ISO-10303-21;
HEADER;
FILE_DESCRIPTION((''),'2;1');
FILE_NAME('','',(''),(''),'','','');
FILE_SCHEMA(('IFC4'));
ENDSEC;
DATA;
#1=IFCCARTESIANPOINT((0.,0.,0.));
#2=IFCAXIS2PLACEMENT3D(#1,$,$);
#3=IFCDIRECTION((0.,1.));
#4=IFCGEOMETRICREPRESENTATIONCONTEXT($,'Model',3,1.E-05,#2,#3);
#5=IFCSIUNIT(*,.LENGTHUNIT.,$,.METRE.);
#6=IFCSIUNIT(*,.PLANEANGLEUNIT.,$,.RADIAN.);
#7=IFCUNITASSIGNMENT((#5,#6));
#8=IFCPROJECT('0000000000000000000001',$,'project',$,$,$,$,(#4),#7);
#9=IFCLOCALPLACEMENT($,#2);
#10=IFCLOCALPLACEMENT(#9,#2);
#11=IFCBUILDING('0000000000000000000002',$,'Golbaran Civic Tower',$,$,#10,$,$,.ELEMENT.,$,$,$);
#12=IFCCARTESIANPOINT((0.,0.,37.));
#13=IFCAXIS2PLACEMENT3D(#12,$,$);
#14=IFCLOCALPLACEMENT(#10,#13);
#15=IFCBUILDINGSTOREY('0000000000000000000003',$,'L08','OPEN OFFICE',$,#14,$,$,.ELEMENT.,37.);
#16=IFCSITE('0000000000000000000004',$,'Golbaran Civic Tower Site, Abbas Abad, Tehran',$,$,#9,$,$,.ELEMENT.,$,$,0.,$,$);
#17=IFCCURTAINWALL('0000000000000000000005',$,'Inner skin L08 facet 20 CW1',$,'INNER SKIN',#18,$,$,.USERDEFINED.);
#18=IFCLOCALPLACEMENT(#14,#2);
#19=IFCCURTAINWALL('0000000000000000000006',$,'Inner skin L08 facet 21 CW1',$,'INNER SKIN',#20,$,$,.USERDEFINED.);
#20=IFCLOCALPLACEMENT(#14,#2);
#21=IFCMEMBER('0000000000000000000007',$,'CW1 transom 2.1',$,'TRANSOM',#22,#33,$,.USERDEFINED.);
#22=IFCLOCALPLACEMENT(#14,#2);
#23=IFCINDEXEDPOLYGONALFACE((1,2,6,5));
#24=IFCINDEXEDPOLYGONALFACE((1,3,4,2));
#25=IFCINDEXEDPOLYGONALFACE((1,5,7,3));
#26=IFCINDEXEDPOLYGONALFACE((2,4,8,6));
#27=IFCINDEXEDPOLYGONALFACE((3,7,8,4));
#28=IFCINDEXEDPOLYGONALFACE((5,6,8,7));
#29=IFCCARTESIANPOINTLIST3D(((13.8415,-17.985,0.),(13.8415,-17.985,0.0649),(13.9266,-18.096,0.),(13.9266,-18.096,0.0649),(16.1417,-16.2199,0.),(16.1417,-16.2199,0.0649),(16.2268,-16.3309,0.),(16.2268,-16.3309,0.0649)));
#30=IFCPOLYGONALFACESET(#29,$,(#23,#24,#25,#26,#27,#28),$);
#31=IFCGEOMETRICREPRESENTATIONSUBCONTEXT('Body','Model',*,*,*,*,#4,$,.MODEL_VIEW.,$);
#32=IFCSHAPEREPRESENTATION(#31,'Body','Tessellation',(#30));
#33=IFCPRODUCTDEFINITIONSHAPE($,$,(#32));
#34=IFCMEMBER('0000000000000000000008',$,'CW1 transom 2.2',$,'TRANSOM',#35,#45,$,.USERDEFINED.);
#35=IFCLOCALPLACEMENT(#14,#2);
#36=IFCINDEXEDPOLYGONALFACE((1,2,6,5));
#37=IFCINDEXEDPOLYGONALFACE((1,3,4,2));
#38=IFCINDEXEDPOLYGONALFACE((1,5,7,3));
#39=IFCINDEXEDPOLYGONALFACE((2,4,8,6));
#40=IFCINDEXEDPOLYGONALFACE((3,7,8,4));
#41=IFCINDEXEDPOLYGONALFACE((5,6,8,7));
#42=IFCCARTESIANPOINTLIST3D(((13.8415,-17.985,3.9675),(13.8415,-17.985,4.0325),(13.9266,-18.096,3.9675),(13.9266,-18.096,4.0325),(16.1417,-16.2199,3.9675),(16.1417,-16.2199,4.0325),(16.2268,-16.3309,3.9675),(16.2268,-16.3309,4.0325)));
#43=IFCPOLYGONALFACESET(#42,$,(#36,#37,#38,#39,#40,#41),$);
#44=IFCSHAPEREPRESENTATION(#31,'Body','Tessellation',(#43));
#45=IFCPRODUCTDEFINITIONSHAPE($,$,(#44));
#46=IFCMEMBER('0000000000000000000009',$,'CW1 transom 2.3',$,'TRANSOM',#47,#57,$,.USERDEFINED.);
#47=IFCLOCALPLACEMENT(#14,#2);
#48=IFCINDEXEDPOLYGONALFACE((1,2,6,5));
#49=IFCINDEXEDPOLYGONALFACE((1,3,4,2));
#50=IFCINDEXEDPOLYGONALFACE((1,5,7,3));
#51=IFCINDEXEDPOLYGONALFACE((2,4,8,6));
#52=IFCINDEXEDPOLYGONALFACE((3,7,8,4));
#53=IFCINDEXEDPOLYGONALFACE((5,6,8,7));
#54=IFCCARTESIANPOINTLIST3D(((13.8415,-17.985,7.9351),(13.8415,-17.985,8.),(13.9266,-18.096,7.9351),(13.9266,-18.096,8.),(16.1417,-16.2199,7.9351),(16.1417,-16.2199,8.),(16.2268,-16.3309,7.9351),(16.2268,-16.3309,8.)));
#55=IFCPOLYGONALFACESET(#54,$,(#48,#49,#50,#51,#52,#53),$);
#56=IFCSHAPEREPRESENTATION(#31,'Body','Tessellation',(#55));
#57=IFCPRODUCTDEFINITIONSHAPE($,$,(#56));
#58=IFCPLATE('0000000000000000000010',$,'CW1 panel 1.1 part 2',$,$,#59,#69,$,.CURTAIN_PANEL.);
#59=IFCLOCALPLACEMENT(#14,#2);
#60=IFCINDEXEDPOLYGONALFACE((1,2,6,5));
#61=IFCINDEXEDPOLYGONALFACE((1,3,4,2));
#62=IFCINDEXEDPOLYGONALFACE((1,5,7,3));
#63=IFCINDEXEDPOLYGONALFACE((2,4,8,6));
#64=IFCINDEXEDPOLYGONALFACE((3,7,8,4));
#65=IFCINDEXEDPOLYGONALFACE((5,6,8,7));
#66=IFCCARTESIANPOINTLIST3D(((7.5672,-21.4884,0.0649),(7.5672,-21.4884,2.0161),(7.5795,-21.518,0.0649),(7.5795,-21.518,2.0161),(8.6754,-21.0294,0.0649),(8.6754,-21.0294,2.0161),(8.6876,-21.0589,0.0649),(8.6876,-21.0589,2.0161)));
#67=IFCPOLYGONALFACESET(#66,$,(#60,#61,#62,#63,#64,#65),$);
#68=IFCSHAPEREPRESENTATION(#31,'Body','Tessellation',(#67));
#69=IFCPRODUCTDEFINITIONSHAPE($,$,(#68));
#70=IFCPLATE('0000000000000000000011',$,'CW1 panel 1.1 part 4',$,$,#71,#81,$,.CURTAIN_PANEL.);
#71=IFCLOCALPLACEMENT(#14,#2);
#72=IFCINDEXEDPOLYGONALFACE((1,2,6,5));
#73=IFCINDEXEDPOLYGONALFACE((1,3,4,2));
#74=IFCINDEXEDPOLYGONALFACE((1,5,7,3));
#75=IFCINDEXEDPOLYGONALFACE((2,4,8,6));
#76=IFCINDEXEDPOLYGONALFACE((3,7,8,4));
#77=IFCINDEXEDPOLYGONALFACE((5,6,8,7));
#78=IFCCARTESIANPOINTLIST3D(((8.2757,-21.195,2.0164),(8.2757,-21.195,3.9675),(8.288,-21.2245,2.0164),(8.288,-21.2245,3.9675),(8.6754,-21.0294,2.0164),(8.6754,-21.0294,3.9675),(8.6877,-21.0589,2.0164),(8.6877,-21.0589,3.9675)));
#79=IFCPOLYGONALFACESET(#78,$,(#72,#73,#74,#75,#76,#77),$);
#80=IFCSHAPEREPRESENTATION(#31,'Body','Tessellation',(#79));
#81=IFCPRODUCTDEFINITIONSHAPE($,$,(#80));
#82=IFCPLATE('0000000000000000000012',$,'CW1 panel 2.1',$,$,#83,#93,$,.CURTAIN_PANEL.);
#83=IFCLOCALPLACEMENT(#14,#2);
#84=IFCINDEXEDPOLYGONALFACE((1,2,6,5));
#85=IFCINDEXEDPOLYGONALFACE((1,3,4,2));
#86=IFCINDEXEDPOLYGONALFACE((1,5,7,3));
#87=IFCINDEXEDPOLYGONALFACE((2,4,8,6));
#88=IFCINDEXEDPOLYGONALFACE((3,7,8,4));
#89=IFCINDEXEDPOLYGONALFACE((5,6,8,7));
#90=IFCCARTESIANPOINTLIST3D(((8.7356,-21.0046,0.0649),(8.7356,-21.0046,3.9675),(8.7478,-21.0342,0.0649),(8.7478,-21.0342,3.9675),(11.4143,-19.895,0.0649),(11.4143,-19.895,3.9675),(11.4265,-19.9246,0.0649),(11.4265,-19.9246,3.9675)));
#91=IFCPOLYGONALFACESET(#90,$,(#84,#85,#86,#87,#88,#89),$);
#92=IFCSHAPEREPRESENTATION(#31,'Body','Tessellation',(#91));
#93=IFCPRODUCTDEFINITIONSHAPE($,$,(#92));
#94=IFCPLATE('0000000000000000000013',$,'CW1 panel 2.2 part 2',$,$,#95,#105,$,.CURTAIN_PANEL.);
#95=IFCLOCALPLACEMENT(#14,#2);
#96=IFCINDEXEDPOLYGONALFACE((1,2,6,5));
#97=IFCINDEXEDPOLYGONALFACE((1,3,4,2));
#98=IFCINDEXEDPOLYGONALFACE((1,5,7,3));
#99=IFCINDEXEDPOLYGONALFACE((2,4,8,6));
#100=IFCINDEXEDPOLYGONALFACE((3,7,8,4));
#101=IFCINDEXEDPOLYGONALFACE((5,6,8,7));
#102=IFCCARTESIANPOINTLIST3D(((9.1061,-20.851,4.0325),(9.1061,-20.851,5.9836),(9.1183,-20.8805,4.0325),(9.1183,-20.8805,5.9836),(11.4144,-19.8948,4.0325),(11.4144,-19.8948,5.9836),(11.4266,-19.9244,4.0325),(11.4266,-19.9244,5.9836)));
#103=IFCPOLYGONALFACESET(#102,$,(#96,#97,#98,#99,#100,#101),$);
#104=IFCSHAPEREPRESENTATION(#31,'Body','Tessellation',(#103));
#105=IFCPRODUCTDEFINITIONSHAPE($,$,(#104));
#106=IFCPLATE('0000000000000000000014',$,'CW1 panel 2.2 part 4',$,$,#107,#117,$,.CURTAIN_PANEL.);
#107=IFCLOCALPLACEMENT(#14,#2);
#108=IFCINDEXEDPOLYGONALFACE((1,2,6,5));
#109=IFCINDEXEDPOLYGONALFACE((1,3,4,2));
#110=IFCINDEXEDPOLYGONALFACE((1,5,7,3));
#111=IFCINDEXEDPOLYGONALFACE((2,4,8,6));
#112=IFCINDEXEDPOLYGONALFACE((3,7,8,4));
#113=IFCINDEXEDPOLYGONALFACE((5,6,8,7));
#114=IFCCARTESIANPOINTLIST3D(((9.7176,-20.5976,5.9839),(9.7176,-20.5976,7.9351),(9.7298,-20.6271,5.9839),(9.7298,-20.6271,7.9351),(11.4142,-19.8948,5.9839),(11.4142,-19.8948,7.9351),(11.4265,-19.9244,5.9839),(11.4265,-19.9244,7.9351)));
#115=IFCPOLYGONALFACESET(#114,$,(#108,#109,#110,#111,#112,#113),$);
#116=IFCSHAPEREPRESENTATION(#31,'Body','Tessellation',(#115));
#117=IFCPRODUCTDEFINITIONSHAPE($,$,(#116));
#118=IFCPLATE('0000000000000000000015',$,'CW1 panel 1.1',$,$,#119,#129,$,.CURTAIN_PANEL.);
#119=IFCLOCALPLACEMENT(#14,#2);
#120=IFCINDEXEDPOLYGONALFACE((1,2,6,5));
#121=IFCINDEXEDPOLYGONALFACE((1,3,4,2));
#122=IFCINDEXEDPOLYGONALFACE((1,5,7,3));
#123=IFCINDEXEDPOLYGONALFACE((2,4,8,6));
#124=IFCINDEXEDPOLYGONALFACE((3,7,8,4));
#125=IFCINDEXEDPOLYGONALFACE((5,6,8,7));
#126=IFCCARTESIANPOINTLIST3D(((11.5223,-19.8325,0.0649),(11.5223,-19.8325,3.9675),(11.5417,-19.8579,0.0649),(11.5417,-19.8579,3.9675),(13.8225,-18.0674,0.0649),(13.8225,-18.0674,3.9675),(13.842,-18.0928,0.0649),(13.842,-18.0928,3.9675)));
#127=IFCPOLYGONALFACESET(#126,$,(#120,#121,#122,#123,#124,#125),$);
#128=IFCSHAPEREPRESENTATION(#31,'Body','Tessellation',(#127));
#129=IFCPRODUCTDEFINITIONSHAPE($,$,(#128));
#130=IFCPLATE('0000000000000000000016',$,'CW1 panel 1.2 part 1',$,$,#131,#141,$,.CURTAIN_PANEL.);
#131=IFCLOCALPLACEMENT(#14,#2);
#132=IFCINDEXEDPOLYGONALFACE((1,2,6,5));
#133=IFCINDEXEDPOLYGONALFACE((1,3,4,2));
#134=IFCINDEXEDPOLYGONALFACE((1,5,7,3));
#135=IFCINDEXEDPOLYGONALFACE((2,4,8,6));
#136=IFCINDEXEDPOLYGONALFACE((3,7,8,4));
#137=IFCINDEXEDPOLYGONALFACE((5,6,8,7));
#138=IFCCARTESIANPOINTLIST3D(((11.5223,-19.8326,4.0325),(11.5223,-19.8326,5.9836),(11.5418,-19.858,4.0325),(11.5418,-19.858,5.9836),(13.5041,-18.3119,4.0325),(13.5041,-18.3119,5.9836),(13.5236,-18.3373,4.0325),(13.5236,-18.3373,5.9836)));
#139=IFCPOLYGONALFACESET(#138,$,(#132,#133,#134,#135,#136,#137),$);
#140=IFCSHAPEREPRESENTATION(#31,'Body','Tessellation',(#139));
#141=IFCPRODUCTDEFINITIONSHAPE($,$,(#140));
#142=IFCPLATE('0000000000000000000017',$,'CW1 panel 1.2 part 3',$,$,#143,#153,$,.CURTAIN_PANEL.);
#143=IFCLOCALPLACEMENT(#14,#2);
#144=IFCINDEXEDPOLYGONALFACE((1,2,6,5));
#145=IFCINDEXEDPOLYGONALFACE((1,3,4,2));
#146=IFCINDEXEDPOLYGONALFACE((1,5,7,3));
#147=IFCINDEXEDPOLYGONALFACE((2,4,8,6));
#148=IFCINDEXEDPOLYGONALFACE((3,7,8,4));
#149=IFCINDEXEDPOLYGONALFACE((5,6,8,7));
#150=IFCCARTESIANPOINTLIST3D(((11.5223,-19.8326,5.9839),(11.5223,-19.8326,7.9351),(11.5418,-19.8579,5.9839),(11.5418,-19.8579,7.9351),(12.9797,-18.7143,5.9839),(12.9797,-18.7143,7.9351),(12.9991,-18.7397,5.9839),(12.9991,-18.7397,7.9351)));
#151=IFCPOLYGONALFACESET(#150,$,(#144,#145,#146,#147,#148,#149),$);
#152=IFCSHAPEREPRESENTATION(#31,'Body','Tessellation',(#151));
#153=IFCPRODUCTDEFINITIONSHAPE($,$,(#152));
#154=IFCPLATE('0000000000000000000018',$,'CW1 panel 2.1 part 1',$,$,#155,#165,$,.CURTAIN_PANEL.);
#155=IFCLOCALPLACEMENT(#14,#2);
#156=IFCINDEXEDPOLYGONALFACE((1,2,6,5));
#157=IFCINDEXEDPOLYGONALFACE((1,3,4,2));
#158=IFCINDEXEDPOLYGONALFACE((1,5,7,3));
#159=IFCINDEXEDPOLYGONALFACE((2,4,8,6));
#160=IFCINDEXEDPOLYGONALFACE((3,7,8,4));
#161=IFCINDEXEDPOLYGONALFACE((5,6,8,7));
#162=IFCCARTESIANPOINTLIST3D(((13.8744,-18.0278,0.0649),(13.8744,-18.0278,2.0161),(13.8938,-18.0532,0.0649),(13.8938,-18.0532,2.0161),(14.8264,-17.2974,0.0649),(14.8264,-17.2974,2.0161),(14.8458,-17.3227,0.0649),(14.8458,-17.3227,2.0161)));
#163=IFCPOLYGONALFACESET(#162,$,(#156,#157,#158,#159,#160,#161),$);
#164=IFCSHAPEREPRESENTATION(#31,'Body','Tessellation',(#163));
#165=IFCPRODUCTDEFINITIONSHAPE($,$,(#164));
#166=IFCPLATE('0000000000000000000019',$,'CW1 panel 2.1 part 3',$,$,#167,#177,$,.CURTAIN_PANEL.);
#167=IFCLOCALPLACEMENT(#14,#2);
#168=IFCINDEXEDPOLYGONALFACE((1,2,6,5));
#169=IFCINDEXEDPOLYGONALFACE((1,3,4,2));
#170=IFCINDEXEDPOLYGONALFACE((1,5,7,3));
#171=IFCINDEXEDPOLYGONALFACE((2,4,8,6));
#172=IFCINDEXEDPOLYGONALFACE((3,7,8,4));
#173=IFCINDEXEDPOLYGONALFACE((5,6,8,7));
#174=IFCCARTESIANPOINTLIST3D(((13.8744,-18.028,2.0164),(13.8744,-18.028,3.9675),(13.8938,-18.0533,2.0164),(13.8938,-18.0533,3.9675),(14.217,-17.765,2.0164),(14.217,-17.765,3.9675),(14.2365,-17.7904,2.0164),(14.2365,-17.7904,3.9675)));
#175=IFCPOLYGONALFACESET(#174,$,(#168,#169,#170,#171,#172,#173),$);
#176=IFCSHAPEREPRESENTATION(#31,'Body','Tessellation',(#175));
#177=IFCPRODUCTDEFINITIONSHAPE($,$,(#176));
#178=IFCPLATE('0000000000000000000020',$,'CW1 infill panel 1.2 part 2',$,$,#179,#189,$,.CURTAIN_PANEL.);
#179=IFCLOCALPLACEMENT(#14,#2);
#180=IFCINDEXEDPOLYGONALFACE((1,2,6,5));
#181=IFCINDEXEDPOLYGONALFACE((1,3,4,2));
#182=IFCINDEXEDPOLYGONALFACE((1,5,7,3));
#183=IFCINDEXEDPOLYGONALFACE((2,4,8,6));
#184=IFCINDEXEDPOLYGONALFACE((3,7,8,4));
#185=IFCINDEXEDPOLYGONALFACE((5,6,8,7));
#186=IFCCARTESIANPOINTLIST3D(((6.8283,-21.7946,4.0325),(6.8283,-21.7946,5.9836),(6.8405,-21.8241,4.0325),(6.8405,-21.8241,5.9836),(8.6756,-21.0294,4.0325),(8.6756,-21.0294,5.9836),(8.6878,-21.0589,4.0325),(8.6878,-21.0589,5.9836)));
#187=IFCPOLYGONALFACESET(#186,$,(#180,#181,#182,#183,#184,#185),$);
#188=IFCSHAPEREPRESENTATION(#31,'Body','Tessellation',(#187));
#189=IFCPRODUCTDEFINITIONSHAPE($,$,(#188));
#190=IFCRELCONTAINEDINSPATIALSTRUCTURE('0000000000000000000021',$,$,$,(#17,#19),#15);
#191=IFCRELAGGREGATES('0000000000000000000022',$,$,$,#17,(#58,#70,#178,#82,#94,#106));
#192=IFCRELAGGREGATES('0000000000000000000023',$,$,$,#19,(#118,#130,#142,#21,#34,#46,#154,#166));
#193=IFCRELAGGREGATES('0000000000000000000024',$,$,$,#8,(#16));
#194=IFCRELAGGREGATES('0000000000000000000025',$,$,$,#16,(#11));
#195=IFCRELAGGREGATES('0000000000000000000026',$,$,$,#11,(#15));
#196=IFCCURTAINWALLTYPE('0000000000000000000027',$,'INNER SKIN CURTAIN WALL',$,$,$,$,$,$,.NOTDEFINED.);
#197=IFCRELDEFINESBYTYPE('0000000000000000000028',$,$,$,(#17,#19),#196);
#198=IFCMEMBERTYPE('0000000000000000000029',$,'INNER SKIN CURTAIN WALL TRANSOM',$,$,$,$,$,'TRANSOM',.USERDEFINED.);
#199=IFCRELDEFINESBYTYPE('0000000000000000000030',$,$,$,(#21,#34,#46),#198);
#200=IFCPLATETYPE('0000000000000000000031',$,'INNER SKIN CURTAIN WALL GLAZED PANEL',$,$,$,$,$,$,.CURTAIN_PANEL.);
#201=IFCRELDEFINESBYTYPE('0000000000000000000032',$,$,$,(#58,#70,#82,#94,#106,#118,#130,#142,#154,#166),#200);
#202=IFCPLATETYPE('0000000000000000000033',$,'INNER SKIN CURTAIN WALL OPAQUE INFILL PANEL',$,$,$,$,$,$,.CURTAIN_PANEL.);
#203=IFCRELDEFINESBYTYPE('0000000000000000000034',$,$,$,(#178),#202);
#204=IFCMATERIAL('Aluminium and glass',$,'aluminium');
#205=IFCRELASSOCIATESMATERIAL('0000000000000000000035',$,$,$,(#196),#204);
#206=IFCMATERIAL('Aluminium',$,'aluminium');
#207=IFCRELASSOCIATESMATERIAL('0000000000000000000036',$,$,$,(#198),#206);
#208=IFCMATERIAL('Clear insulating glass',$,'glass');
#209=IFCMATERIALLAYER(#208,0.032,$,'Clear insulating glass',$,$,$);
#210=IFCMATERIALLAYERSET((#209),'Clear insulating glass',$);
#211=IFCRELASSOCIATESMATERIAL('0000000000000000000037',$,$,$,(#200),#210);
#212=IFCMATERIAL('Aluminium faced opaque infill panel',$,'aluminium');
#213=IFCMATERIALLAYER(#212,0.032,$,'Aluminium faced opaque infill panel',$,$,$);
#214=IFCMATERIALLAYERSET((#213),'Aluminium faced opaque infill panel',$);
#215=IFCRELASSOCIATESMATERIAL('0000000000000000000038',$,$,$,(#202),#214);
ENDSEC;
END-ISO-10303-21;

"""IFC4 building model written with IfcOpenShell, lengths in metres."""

from ifc_helpers import new_model, si_unit, direction, frame, origin, origin_2d, place, context, subcontext, project, spatial, rectangle, extrude, material, layer, layer_set, material_profile, profile_set, type_object, element, aggregate, save


model = new_model("IFC4")

# Units and contexts
model_context = context("Model", 3, precision=1e-05, world=origin(), true_north=direction((0.0, 1.0)))
body_context = subcontext(model_context, "Body", "Model", "MODEL_VIEW")
ifc_project = project(units=[si_unit("LENGTHUNIT", "METRE"), si_unit("PLANEANGLEUNIT", "RADIAN")], contexts=[model_context])

# Site, building, storey
site_placement = place(None, origin())
site = spatial("IfcSite", under=ifc_project, at=site_placement, Name="Golbaran Civic Tower Site, Abbas Abad, Tehran", CompositionType="ELEMENT", RefElevation=0.0)
building_placement = place(site_placement, origin())
building = spatial("IfcBuilding", under=site, at=building_placement, Name="Golbaran Civic Tower", CompositionType="ELEMENT")
storey_placement = place(building_placement, frame((0.0, 0.0, 37.0)))
storey = spatial("IfcBuildingStorey", under=building, at=storey_placement, Name="L08", Description="OPEN OFFICE", CompositionType="ELEMENT", Elevation=37.0)

# Curtain walls
ifc_material_1 = material(Name="Aluminium and glass", Category="aluminium")
curtain_wall_type = type_object("IfcCurtainWallType", Name="INNER SKIN CURTAIN WALL", PredefinedType="NOTDEFINED", material=ifc_material_1)
curtain_wall_1_placement = place(storey_placement, origin())
curtain_wall_1 = element("IfcCurtainWall", 1, at=curtain_wall_1_placement, inside=storey, type_object=curtain_wall_type, Name="Inner skin L08 facet 20 CW1", ObjectType="INNER SKIN", PredefinedType="USERDEFINED")
ifc_material_2 = material(Name="Aluminium", Category="aluminium")
curtain_wall_2_placement = place(storey_placement, origin())
curtain_wall_2 = element("IfcCurtainWall", 2, at=curtain_wall_2_placement, inside=storey, type_object=curtain_wall_type, Name="Inner skin L08 facet 21 CW1", ObjectType="INNER SKIN", PredefinedType="USERDEFINED")

# Members
ifc_material_profile_1 = material_profile(ifc_material_2, rectangle(XDim=0.1399, YDim=0.0649, at=origin_2d()), Name="INNER SKIN CURTAIN WALL TRANSOM")
ifc_profile_set_1 = profile_set([ifc_material_profile_1], Name="Aluminium")
member_type_1 = type_object("IfcMemberType", Name="INNER SKIN CURTAIN WALL TRANSOM", ElementType="TRANSOM", PredefinedType="USERDEFINED", material=ifc_profile_set_1)
member_1_placement = place(storey_placement, frame((13.884, -18.0405, 0.0325), z_axis=(0.793343, 0.608774, 0.0), x_axis=(-0.608774, 0.793343, 0.0)))
member_1 = element("IfcMember", 3, at=member_1_placement, type_object=member_type_1, Name="CW1 transom 2.1", ObjectType="TRANSOM", PredefinedType="USERDEFINED", context=body_context, shape_type="SweptSolid", body=[
    extrude(rectangle(XDim=0.1399, YDim=0.0649, at=origin_2d()), origin(), (0.0, 0.0, 1.0), 2.8994),
])
member_2_placement = place(storey_placement, frame((13.884, -18.0405, 4.0), z_axis=(0.793343, 0.608774, 0.0), x_axis=(-0.608774, 0.793343, 0.0)))
member_2 = element("IfcMember", 4, at=member_2_placement, type_object=member_type_1, Name="CW1 transom 2.2", ObjectType="TRANSOM", PredefinedType="USERDEFINED", context=body_context, shape_type="SweptSolid", body=[
    extrude(rectangle(XDim=0.1399, YDim=0.0649, at=origin_2d()), origin(), (0.0, 0.0, 1.0), 2.8994),
])
member_3_placement = place(storey_placement, frame((13.884, -18.0405, 7.9675), z_axis=(0.793343, 0.608774, 0.0), x_axis=(-0.608774, 0.793343, 0.0)))
member_3 = element("IfcMember", 5, at=member_3_placement, type_object=member_type_1, Name="CW1 transom 2.3", ObjectType="TRANSOM", PredefinedType="USERDEFINED", context=body_context, shape_type="SweptSolid", body=[
    extrude(rectangle(XDim=0.1399, YDim=0.0649, at=origin_2d()), origin(), (0.0, 0.0, 1.0), 2.8994),
])

# Plates
ifc_material_3 = material(Name="Clear insulating glass", Category="glass")
ifc_layer_1 = layer(ifc_material_3, 0.032, Name="Clear insulating glass")
ifc_layer_set_1 = layer_set([ifc_layer_1], Name="Clear insulating glass")
plate_type_1 = type_object("IfcPlateType", Name="INNER SKIN CURTAIN WALL GLAZED PANEL", PredefinedType="CURTAIN_PANEL", material=ifc_layer_set_1)
plate_1_placement = place(storey_placement, frame((8.1274, -21.2737, 0.0649), z_axis=(0.0, 0.0, 1.0), x_axis=(0.92388, 0.382683, 0.0)))
plate_1 = element("IfcPlate", 6, at=plate_1_placement, type_object=plate_type_1, Name="CW1 panel 1.1 part 2", PredefinedType="CURTAIN_PANEL", context=body_context, shape_type="SweptSolid", body=[
    extrude(rectangle(XDim=1.1995, YDim=0.032, at=origin_2d()), origin(), (0.0, 0.0, 1.0), 1.9512),
])
plate_2_placement = place(storey_placement, frame((8.4817, -21.127, 2.0164), z_axis=(0.0, 0.0, 1.0), x_axis=(0.92388, 0.382683, 0.0)))
plate_2 = element("IfcPlate", 7, at=plate_2_placement, type_object=plate_type_1, Name="CW1 panel 1.1 part 4", PredefinedType="CURTAIN_PANEL", context=body_context, shape_type="SweptSolid", body=[
    extrude(rectangle(XDim=0.4326, YDim=0.032, at=origin_2d()), origin(), (0.0, 0.0, 1.0), 1.9512),
])
plate_3_placement = place(storey_placement, frame((10.0811, -20.4646, 0.0649), z_axis=(0.0, 0.0, 1.0), x_axis=(0.92388, 0.382683, 0.0)))
plate_3 = element("IfcPlate", 8, at=plate_3_placement, type_object=plate_type_1, Name="CW1 panel 2.1", PredefinedType="CURTAIN_PANEL", context=body_context, shape_type="SweptSolid", body=[
    extrude(rectangle(XDim=2.8994, YDim=0.032, at=origin_2d()), origin(), (0.0, 0.0, 1.0), 3.9026),
])
plate_4_placement = place(storey_placement, frame((10.2664, -20.3877, 4.0325), z_axis=(0.0, 0.0, 1.0), x_axis=(0.92388, 0.382683, 0.0)))
plate_4 = element("IfcPlate", 9, at=plate_4_placement, type_object=plate_type_1, Name="CW1 panel 2.2 part 2", PredefinedType="CURTAIN_PANEL", context=body_context, shape_type="SweptSolid", body=[
    extrude(rectangle(XDim=2.4985, YDim=0.032, at=origin_2d()), origin(), (0.0, 0.0, 1.0), 1.9512),
])
plate_5_placement = place(storey_placement, frame((10.572, -20.261, 5.9839), z_axis=(0.0, 0.0, 1.0), x_axis=(0.92388, 0.382683, 0.0)))
plate_5 = element("IfcPlate", 10, at=plate_5_placement, type_object=plate_type_1, Name="CW1 panel 2.2 part 4", PredefinedType="CURTAIN_PANEL", context=body_context, shape_type="SweptSolid", body=[
    extrude(rectangle(XDim=1.8364, YDim=0.032, at=origin_2d()), origin(), (0.0, 0.0, 1.0), 1.9512),
])
plate_6_placement = place(storey_placement, frame((12.6821, -18.9626, 0.0649), z_axis=(0.0, 0.0, 1.0), x_axis=(0.793353, 0.608761, 0.0)))
plate_6 = element("IfcPlate", 11, at=plate_6_placement, type_object=plate_type_1, Name="CW1 panel 1.1", PredefinedType="CURTAIN_PANEL", context=body_context, shape_type="SweptSolid", body=[
    extrude(rectangle(XDim=2.8994, YDim=0.032, at=origin_2d()), origin(), (0.0, 0.0, 1.0), 3.9026),
])
plate_7_placement = place(storey_placement, frame((12.5229, -19.085, 4.0325), z_axis=(0.0, 0.0, 1.0), x_axis=(0.793353, 0.608761, 0.0)))
plate_7 = element("IfcPlate", 12, at=plate_7_placement, type_object=plate_type_1, Name="CW1 panel 1.2 part 1", PredefinedType="CURTAIN_PANEL", context=body_context, shape_type="SweptSolid", body=[
    extrude(rectangle(XDim=2.498, YDim=0.032, at=origin_2d()), origin(), (0.0, 0.0, 1.0), 1.9512),
])
plate_8_placement = place(storey_placement, frame((12.2607, -19.2861, 5.9839), z_axis=(0.0, 0.0, 1.0), x_axis=(0.793353, 0.608761, 0.0)))
plate_8 = element("IfcPlate", 13, at=plate_8_placement, type_object=plate_type_1, Name="CW1 panel 1.2 part 3", PredefinedType="CURTAIN_PANEL", context=body_context, shape_type="SweptSolid", body=[
    extrude(rectangle(XDim=1.8369, YDim=0.032, at=origin_2d()), origin(), (0.0, 0.0, 1.0), 1.9512),
])
plate_9_placement = place(storey_placement, frame((14.3601, -17.6753, 0.0649), z_axis=(0.0, 0.0, 1.0), x_axis=(0.793353, 0.608761, 0.0)))
plate_9 = element("IfcPlate", 14, at=plate_9_placement, type_object=plate_type_1, Name="CW1 panel 2.1 part 1", PredefinedType="CURTAIN_PANEL", context=body_context, shape_type="SweptSolid", body=[
    extrude(rectangle(XDim=1.2, YDim=0.032, at=origin_2d()), origin(), (0.0, 0.0, 1.0), 1.9512),
])
plate_10_placement = place(storey_placement, frame((14.0554, -17.9092, 2.0164), z_axis=(0.0, 0.0, 1.0), x_axis=(0.793353, 0.608761, 0.0)))
plate_10 = element("IfcPlate", 15, at=plate_10_placement, type_object=plate_type_1, Name="CW1 panel 2.1 part 3", PredefinedType="CURTAIN_PANEL", context=body_context, shape_type="SweptSolid", body=[
    extrude(rectangle(XDim=0.4319, YDim=0.032, at=origin_2d()), origin(), (0.0, 0.0, 1.0), 1.9512),
])
ifc_material_4 = material(Name="Aluminium faced opaque infill panel", Category="aluminium")
ifc_layer_2 = layer(ifc_material_4, 0.032, Name="Aluminium faced opaque infill panel")
ifc_layer_set_2 = layer_set([ifc_layer_2], Name="Aluminium faced opaque infill panel")
plate_type_2 = type_object("IfcPlateType", Name="INNER SKIN CURTAIN WALL OPAQUE INFILL PANEL", PredefinedType="CURTAIN_PANEL", material=ifc_layer_set_2)
plate_11_placement = place(storey_placement, frame((7.7581, -21.4268, 4.0325), z_axis=(0.0, 0.0, 1.0), x_axis=(0.92388, 0.382683, 0.0)))
plate_11 = element("IfcPlate", 16, at=plate_11_placement, type_object=plate_type_2, Name="CW1 infill panel 1.2 part 2", PredefinedType="CURTAIN_PANEL", context=body_context, shape_type="SweptSolid", body=[
    extrude(rectangle(XDim=1.9995, YDim=0.032, at=origin_2d()), origin(), (0.0, 0.0, 1.0), 1.9512),
])
aggregate(curtain_wall_1, [plate_1, plate_2, plate_11, plate_3, plate_4, plate_5])
aggregate(curtain_wall_2, [plate_6, plate_7, plate_8, member_1, member_2, member_3, plate_9, plate_10])

save(model, "model.ifc")
